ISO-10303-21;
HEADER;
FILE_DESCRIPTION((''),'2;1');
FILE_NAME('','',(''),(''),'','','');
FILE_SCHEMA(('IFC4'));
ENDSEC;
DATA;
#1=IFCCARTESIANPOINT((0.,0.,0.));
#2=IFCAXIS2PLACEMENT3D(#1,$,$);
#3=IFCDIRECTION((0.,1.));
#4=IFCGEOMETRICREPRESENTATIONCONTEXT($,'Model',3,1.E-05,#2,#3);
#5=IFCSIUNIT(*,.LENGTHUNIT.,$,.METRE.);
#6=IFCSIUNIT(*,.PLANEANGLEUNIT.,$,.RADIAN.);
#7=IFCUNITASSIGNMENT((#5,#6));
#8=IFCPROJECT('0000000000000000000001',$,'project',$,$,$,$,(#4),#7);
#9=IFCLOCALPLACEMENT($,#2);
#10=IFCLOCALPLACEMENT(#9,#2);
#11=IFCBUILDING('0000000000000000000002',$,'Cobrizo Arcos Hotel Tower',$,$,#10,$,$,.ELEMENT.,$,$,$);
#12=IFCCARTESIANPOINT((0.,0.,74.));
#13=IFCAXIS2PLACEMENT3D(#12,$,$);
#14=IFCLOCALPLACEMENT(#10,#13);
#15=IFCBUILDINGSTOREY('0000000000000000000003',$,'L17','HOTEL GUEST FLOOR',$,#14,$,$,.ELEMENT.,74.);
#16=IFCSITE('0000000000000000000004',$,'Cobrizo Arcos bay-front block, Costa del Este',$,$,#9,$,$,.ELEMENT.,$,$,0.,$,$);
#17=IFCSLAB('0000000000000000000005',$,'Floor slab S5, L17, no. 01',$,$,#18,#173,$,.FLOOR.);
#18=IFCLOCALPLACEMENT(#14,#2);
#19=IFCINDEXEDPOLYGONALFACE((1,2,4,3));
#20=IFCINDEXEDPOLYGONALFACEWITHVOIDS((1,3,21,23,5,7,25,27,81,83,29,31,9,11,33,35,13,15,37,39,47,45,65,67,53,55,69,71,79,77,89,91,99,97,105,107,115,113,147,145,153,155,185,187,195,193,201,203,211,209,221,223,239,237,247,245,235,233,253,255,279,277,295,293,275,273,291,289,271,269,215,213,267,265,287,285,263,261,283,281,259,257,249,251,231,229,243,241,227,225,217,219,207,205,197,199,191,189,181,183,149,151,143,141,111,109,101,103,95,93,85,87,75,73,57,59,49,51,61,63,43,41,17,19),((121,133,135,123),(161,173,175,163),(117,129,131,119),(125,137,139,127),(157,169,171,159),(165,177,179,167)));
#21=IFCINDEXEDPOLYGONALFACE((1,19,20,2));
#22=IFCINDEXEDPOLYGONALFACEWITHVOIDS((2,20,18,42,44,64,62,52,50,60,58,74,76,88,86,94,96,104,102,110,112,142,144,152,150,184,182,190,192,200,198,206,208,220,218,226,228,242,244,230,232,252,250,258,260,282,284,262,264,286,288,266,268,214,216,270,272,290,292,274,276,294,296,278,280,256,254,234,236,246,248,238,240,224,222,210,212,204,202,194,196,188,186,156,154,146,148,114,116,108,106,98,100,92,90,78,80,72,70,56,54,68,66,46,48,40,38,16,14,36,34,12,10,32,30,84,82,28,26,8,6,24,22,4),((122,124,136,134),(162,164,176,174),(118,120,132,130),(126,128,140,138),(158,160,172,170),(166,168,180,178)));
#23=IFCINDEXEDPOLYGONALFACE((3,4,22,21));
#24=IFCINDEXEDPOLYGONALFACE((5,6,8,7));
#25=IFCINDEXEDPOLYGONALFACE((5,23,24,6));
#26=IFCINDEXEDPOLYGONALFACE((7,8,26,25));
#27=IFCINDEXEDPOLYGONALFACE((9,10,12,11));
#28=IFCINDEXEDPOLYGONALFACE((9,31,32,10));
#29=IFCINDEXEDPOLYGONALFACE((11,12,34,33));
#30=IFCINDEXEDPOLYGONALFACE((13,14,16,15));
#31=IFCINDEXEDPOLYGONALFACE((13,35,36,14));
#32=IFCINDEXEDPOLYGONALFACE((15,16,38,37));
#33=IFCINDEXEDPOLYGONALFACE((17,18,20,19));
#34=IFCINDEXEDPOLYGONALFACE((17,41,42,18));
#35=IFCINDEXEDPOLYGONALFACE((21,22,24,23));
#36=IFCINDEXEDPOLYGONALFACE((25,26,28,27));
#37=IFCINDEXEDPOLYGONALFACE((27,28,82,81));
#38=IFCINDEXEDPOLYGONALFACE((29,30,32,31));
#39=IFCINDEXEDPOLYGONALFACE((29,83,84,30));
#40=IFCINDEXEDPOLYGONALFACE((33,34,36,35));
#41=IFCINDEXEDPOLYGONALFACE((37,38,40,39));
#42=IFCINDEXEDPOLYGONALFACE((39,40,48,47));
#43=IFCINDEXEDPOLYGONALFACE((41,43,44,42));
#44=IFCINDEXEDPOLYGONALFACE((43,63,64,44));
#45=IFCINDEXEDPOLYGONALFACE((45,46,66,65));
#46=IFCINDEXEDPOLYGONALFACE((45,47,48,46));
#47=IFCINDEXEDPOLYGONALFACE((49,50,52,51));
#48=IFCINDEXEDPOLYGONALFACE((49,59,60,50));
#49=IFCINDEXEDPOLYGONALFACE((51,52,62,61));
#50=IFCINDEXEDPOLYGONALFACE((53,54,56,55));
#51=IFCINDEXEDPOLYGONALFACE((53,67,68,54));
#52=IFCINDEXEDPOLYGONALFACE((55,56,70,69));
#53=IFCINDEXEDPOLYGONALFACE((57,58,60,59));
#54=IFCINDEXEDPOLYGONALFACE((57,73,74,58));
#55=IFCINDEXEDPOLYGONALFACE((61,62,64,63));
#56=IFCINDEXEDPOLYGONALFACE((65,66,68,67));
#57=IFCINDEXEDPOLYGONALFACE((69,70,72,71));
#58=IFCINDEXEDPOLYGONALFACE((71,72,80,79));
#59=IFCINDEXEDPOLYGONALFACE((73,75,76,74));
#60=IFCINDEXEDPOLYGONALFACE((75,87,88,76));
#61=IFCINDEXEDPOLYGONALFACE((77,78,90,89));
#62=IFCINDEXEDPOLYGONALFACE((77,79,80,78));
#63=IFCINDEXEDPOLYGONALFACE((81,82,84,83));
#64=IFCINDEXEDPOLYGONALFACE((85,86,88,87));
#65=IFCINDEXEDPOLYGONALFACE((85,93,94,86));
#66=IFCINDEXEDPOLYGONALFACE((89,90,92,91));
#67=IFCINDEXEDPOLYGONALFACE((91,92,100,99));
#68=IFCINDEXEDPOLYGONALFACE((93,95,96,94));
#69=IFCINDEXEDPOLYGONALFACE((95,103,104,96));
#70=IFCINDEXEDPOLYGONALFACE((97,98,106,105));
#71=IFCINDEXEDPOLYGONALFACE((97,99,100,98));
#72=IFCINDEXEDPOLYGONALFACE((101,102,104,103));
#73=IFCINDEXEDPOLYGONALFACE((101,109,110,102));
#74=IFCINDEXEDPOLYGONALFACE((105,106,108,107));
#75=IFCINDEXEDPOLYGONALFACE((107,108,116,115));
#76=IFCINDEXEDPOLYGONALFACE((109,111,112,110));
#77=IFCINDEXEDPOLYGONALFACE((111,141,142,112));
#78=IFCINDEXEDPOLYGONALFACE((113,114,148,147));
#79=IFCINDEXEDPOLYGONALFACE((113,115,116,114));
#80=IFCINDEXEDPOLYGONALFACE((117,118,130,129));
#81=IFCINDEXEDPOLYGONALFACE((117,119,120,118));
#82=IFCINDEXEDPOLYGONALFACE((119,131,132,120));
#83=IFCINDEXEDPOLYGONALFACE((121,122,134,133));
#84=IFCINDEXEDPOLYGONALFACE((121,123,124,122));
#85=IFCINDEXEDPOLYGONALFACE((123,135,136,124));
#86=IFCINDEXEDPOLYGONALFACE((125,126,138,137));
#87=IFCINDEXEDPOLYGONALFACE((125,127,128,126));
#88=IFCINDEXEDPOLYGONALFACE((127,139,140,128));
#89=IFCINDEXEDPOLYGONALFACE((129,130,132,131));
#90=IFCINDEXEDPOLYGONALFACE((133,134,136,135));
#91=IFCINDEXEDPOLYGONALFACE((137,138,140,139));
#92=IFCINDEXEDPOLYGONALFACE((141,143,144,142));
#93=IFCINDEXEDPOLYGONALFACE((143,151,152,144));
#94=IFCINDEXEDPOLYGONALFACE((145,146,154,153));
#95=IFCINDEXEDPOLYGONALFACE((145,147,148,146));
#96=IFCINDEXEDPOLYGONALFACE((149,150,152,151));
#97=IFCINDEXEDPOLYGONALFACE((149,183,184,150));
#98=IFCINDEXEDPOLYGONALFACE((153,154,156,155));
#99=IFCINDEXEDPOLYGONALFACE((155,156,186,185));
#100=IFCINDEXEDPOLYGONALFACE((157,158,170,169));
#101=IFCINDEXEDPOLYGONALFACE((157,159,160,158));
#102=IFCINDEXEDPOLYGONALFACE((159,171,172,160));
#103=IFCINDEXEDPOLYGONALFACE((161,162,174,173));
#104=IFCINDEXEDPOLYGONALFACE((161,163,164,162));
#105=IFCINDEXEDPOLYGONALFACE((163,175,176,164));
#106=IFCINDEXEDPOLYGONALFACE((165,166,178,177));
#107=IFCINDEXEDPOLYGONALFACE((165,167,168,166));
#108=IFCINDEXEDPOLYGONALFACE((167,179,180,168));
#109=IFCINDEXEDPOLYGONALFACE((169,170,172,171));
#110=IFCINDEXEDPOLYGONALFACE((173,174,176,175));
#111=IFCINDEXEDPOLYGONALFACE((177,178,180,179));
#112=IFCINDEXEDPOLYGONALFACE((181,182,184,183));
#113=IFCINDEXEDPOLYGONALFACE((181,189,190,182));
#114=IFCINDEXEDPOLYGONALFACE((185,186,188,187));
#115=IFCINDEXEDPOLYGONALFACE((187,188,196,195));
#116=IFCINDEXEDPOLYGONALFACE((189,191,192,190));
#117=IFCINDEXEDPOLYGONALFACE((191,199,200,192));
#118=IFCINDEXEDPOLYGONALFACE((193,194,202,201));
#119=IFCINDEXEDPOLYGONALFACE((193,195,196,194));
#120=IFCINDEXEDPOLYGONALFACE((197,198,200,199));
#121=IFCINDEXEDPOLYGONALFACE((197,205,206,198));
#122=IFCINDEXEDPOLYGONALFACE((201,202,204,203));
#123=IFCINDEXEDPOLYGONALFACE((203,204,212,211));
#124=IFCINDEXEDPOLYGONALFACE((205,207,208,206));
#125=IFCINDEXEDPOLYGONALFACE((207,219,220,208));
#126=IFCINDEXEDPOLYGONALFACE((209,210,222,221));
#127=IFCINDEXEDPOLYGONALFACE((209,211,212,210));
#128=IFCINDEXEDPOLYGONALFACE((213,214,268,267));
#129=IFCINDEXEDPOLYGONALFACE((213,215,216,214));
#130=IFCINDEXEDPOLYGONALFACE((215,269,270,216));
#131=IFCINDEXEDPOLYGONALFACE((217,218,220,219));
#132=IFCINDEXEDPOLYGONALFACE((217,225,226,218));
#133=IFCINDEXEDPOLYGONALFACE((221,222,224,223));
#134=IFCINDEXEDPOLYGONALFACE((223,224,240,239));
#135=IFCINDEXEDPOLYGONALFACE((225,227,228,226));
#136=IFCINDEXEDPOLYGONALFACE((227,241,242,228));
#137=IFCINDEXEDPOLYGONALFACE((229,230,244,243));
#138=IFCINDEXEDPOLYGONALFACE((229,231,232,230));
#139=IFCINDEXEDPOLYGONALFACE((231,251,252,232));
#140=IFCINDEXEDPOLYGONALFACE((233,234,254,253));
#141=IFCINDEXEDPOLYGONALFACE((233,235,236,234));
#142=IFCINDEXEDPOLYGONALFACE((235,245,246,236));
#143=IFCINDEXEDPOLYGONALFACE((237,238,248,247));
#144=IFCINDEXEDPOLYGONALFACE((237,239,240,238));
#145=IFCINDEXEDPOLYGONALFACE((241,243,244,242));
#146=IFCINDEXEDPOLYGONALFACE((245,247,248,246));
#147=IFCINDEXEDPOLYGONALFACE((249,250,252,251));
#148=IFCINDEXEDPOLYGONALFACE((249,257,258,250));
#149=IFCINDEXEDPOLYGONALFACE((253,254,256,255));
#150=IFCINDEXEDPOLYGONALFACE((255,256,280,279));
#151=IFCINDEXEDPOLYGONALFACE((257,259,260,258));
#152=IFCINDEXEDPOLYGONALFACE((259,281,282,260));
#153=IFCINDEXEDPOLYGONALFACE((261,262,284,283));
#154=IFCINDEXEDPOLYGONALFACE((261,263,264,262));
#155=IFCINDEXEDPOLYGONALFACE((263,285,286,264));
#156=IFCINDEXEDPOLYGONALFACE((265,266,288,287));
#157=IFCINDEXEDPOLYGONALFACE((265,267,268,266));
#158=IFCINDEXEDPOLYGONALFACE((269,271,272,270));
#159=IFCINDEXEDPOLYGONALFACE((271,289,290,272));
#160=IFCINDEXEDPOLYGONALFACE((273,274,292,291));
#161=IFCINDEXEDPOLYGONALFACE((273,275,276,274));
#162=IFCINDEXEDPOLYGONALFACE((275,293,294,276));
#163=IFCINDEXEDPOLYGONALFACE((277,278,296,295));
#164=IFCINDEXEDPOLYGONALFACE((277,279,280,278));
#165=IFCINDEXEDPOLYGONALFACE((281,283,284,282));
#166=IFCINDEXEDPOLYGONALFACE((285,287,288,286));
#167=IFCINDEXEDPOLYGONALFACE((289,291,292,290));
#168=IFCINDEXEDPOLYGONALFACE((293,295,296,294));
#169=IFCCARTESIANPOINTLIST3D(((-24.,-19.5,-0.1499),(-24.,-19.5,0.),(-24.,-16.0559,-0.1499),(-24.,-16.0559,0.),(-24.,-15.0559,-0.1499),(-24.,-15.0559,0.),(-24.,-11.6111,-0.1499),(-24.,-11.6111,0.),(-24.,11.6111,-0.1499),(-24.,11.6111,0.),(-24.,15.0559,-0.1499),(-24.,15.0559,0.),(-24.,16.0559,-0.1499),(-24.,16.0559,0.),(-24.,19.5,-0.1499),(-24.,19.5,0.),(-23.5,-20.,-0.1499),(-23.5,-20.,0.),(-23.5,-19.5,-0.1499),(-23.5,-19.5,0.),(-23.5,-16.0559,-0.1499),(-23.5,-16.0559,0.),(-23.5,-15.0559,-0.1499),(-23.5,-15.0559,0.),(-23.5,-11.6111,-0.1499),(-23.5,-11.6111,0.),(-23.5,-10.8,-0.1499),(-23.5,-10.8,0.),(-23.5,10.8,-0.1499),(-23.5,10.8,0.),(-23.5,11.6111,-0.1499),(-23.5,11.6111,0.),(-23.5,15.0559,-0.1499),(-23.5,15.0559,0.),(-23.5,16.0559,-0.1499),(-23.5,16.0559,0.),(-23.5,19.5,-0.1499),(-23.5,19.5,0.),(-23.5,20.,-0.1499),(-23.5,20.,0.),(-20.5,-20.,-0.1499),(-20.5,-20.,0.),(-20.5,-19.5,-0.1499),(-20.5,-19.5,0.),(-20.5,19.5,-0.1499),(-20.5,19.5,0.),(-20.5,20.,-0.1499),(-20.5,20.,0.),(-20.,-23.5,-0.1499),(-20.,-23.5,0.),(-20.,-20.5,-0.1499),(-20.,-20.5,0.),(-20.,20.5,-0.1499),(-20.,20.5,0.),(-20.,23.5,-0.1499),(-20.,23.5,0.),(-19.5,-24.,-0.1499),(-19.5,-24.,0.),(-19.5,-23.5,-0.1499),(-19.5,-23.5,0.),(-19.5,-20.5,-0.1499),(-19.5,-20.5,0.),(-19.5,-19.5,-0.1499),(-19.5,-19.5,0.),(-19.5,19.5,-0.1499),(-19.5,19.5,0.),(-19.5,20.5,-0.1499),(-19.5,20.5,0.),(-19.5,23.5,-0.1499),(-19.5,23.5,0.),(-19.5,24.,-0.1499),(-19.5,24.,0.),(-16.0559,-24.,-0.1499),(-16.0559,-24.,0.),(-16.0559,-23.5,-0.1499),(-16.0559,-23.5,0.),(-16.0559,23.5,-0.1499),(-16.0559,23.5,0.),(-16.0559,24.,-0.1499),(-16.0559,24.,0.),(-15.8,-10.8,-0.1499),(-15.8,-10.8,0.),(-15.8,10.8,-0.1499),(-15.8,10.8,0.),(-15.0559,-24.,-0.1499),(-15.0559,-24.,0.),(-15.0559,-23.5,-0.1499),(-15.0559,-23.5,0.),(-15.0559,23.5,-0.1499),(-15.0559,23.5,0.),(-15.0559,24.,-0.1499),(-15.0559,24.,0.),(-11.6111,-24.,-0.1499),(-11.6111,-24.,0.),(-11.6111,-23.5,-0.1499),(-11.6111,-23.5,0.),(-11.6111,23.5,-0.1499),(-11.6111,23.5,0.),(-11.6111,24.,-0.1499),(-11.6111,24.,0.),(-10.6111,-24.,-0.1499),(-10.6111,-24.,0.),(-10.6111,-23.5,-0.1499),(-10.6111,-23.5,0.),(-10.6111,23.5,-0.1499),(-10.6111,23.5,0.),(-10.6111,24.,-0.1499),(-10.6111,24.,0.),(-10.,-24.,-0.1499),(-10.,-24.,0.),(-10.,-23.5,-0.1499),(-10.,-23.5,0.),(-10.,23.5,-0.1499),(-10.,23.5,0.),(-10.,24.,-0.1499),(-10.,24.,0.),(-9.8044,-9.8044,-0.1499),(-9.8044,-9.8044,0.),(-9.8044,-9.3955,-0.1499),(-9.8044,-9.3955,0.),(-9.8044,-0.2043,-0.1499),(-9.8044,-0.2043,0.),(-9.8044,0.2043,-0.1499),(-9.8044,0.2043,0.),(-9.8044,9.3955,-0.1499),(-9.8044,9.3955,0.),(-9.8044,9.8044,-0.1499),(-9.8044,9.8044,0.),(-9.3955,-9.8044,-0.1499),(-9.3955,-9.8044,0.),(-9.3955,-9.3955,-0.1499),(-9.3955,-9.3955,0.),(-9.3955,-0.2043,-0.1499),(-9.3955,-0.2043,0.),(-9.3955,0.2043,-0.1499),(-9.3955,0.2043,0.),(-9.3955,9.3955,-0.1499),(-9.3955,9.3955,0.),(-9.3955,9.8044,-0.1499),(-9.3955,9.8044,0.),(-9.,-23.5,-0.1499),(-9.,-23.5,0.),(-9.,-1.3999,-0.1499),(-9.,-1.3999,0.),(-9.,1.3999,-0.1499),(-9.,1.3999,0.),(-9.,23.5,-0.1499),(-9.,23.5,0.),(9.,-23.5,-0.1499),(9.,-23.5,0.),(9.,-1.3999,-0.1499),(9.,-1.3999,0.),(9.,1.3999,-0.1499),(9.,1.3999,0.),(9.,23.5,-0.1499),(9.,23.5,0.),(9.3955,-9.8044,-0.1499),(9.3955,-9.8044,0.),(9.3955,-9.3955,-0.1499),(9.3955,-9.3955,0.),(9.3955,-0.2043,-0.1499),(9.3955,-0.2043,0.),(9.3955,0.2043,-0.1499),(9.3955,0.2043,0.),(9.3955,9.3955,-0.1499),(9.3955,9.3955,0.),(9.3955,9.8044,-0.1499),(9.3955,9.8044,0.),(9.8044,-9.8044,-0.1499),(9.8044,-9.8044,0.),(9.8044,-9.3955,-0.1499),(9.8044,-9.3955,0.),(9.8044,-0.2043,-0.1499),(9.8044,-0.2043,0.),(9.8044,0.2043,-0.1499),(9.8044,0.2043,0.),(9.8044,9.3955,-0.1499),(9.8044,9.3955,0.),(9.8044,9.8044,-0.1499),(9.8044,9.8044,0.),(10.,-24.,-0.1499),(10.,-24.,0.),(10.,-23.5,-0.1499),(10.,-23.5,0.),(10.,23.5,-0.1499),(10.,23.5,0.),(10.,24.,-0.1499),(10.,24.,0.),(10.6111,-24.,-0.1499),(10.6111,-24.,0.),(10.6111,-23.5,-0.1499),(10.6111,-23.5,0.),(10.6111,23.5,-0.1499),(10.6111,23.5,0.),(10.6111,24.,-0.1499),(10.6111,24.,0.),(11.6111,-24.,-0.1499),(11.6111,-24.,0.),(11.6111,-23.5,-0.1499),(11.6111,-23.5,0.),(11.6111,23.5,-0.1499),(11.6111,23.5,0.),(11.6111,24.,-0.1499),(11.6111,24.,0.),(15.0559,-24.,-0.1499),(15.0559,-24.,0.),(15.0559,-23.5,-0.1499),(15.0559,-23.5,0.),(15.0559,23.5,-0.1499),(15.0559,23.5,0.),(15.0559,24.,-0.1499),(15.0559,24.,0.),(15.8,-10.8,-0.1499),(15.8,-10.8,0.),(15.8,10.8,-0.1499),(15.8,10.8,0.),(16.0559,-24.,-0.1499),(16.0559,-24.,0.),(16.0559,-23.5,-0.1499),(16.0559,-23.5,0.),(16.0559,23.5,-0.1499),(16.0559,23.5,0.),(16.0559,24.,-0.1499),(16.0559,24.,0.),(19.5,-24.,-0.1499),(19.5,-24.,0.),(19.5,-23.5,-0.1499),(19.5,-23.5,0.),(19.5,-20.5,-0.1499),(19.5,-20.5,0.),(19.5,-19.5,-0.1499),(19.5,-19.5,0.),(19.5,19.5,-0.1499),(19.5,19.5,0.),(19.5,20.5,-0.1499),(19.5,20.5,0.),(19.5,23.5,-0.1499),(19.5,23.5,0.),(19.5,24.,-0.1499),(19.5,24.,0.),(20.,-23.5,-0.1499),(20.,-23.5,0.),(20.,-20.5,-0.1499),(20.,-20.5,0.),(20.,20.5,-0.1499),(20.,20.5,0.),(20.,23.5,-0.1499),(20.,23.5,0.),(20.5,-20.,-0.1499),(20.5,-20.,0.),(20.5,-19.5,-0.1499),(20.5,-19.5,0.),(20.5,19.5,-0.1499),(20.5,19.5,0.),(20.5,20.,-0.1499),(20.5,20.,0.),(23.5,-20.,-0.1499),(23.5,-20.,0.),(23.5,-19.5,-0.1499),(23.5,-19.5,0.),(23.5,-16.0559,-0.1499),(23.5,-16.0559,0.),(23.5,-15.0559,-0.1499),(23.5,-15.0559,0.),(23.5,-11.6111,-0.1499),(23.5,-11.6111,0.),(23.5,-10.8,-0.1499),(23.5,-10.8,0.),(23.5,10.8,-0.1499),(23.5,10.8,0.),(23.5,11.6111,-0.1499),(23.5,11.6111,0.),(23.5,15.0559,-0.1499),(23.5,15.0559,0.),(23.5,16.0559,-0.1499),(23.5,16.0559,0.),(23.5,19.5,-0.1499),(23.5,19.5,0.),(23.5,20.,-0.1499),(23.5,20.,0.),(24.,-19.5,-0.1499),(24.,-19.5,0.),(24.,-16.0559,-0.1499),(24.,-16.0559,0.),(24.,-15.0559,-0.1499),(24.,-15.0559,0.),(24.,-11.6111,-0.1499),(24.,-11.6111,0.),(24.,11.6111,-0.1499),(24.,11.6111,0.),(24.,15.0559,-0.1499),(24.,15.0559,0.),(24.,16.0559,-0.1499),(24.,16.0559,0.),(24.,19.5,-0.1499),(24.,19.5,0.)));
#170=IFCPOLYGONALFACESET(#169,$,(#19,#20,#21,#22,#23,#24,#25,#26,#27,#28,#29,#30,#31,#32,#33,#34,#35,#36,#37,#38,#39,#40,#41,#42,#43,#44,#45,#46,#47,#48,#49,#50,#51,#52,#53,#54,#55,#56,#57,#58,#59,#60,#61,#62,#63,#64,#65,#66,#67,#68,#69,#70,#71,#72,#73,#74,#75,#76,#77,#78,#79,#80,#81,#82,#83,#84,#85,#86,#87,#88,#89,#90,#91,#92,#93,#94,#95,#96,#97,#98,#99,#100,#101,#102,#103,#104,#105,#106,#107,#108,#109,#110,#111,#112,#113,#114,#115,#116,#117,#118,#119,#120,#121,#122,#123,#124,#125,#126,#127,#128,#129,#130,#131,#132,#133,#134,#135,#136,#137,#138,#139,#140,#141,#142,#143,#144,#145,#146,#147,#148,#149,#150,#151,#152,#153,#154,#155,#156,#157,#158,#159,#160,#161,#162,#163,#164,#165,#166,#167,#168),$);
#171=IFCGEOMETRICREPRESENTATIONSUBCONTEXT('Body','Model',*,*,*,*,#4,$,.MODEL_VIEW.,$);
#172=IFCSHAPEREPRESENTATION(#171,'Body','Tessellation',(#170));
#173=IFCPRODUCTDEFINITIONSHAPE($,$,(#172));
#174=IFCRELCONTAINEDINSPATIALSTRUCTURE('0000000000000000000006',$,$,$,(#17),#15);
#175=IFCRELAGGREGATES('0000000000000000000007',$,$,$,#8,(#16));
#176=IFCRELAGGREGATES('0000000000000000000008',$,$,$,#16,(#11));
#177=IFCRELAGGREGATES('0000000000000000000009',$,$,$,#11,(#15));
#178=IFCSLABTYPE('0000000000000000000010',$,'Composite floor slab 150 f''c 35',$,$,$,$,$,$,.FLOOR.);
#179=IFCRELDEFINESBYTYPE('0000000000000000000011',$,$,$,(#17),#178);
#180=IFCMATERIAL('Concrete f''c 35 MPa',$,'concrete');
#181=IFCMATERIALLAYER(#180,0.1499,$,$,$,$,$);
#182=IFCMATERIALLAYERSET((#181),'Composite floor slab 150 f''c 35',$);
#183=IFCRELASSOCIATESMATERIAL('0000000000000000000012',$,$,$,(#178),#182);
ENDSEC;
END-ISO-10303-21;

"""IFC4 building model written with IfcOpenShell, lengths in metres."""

from ifc_helpers import new_model, si_unit, direction, frame, origin, place, context, subcontext, project, spatial, polyline, outline, extrude, material, layer, layer_set, type_object, element, save


model = new_model("IFC4")

# Units and contexts
model_context = context("Model", 3, precision=1e-05, world=origin(), true_north=direction((0.0, 1.0)))
body_context = subcontext(model_context, "Body", "Model", "MODEL_VIEW")
ifc_project = project(units=[si_unit("LENGTHUNIT", "METRE"), si_unit("PLANEANGLEUNIT", "RADIAN")], contexts=[model_context])

# Site, building, storey
site_placement = place(None, origin())
site = spatial("IfcSite", under=ifc_project, at=site_placement, Name="Cobrizo Arcos bay-front block, Costa del Este", CompositionType="ELEMENT", RefElevation=0.0)
building_placement = place(site_placement, origin())
building = spatial("IfcBuilding", under=site, at=building_placement, Name="Cobrizo Arcos Hotel Tower", CompositionType="ELEMENT")
storey_placement = place(building_placement, frame((0.0, 0.0, 74.0)))
storey = spatial("IfcBuildingStorey", under=building, at=storey_placement, Name="L17", Description="HOTEL GUEST FLOOR", CompositionType="ELEMENT", Elevation=74.0)

# Slab
ifc_material_1 = material(Name="Concrete f'c 35 MPa", Category="concrete")
ifc_layer_1 = layer(ifc_material_1, 0.1499)
ifc_layer_set_1 = layer_set([ifc_layer_1], Name="Composite floor slab 150 f'c 35")
slab_type_1 = type_object("IfcSlabType", Name="Composite floor slab 150 f'c 35", PredefinedType="FLOOR", material=ifc_layer_set_1)
slab_1_placement = place(storey_placement, frame((0.0, 0.0, -0.1499)))
element("IfcSlab", 1, at=slab_1_placement, inside=storey, type_object=slab_type_1, Name="Floor slab S5, L17, no. 01", PredefinedType="FLOOR", context=body_context, shape_type="SweptSolid", body=[
    extrude(outline(polyline([(23.5, 20.0), (23.5, 19.5), (24.0, 19.5), (24.0, 16.0559), (23.5, 16.0559), (23.5, 15.0559), (24.0, 15.0559), (24.0, 11.6111), (23.5, 11.6111), (23.5, 10.8), (15.8, 10.8), (15.8, -10.8), (23.5, -10.8), (23.5, -11.6111), (24.0, -11.6111), (24.0, -15.0559), (23.5, -15.0559), (23.5, -16.0559), (24.0, -16.0559), (24.0, -19.5), (23.5, -19.5), (23.5, -20.0), (20.5, -20.0), (20.5, -19.5), (19.5, -19.5), (19.5, -20.5), (20.0, -20.5), (20.0, -23.5), (19.5, -23.5), (19.5, -24.0), (16.0559, -24.0), (16.0559, -23.5), (15.0559, -23.5), (15.0559, -24.0), (11.6111, -24.0), (11.6111, -23.5), (10.6111, -23.5), (10.6111, -24.0), (10.0, -24.0), (10.0, -23.5), (9.0, -23.5), (9.0, -1.3999), (-9.0, -1.3999), (-9.0, -23.5), (-10.0, -23.5), (-10.0, -24.0), (-10.6111, -24.0), (-10.6111, -23.5), (-11.6111, -23.5), (-11.6111, -24.0), (-15.0559, -24.0), (-15.0559, -23.5), (-16.0559, -23.5), (-16.0559, -24.0), (-19.5, -24.0), (-19.5, -23.5), (-20.0, -23.5), (-20.0, -20.5), (-19.5, -20.5), (-19.5, -19.5), (-20.5, -19.5), (-20.5, -20.0), (-23.5, -20.0), (-23.5, -19.5), (-24.0, -19.5), (-24.0, -16.0559), (-23.5, -16.0559), (-23.5, -15.0559), (-24.0, -15.0559), (-24.0, -11.6111), (-23.5, -11.6111), (-23.5, -10.8), (-15.8, -10.8), (-15.8, 10.8), (-23.5, 10.8), (-23.5, 11.6111), (-24.0, 11.6111), (-24.0, 15.0559), (-23.5, 15.0559), (-23.5, 16.0559), (-24.0, 16.0559), (-24.0, 19.5), (-23.5, 19.5), (-23.5, 20.0), (-20.5, 20.0), (-20.5, 19.5), (-19.5, 19.5), (-19.5, 20.5), (-20.0, 20.5), (-20.0, 23.5), (-19.5, 23.5), (-19.5, 24.0), (-16.0559, 24.0), (-16.0559, 23.5), (-15.0559, 23.5), (-15.0559, 24.0), (-11.6111, 24.0), (-11.6111, 23.5), (-10.6111, 23.5), (-10.6111, 24.0), (-10.0, 24.0), (-10.0, 23.5), (-9.0, 23.5), (-9.0, 1.3999), (9.0, 1.3999), (9.0, 23.5), (10.0, 23.5), (10.0, 24.0), (10.6111, 24.0), (10.6111, 23.5), (11.6111, 23.5), (11.6111, 24.0), (15.0559, 24.0), (15.0559, 23.5), (16.0559, 23.5), (16.0559, 24.0), (19.5, 24.0), (19.5, 23.5), (20.0, 23.5), (20.0, 20.5), (19.5, 20.5), (19.5, 19.5), (20.5, 19.5), (20.5, 20.0), (23.5, 20.0)]), holes=[polyline([(-9.8044, -9.8044), (-9.3955, -9.8044), (-9.3955, -9.3955), (-9.8044, -9.3955), (-9.8044, -9.8044)]), polyline([(-9.3955, -0.2043), (-9.3955, 0.2043), (-9.8044, 0.2043), (-9.8044, -0.2043), (-9.3955, -0.2043)]), polyline([(-9.3955, 9.3955), (-9.3955, 9.8044), (-9.8044, 9.8044), (-9.8044, 9.3955), (-9.3955, 9.3955)]), polyline([(9.3955, -9.8044), (9.8044, -9.8044), (9.8044, -9.3955), (9.3955, -9.3955), (9.3955, -9.8044)]), polyline([(9.3955, -0.2043), (9.8044, -0.2043), (9.8044, 0.2043), (9.3955, 0.2043), (9.3955, -0.2043)]), polyline([(9.8044, 9.3955), (9.8044, 9.8044), (9.3955, 9.8044), (9.3955, 9.3955), (9.8044, 9.3955)])]), origin(), (0.0, 0.0, 1.0), 0.1499),
])

save(model, "model.ifc")
